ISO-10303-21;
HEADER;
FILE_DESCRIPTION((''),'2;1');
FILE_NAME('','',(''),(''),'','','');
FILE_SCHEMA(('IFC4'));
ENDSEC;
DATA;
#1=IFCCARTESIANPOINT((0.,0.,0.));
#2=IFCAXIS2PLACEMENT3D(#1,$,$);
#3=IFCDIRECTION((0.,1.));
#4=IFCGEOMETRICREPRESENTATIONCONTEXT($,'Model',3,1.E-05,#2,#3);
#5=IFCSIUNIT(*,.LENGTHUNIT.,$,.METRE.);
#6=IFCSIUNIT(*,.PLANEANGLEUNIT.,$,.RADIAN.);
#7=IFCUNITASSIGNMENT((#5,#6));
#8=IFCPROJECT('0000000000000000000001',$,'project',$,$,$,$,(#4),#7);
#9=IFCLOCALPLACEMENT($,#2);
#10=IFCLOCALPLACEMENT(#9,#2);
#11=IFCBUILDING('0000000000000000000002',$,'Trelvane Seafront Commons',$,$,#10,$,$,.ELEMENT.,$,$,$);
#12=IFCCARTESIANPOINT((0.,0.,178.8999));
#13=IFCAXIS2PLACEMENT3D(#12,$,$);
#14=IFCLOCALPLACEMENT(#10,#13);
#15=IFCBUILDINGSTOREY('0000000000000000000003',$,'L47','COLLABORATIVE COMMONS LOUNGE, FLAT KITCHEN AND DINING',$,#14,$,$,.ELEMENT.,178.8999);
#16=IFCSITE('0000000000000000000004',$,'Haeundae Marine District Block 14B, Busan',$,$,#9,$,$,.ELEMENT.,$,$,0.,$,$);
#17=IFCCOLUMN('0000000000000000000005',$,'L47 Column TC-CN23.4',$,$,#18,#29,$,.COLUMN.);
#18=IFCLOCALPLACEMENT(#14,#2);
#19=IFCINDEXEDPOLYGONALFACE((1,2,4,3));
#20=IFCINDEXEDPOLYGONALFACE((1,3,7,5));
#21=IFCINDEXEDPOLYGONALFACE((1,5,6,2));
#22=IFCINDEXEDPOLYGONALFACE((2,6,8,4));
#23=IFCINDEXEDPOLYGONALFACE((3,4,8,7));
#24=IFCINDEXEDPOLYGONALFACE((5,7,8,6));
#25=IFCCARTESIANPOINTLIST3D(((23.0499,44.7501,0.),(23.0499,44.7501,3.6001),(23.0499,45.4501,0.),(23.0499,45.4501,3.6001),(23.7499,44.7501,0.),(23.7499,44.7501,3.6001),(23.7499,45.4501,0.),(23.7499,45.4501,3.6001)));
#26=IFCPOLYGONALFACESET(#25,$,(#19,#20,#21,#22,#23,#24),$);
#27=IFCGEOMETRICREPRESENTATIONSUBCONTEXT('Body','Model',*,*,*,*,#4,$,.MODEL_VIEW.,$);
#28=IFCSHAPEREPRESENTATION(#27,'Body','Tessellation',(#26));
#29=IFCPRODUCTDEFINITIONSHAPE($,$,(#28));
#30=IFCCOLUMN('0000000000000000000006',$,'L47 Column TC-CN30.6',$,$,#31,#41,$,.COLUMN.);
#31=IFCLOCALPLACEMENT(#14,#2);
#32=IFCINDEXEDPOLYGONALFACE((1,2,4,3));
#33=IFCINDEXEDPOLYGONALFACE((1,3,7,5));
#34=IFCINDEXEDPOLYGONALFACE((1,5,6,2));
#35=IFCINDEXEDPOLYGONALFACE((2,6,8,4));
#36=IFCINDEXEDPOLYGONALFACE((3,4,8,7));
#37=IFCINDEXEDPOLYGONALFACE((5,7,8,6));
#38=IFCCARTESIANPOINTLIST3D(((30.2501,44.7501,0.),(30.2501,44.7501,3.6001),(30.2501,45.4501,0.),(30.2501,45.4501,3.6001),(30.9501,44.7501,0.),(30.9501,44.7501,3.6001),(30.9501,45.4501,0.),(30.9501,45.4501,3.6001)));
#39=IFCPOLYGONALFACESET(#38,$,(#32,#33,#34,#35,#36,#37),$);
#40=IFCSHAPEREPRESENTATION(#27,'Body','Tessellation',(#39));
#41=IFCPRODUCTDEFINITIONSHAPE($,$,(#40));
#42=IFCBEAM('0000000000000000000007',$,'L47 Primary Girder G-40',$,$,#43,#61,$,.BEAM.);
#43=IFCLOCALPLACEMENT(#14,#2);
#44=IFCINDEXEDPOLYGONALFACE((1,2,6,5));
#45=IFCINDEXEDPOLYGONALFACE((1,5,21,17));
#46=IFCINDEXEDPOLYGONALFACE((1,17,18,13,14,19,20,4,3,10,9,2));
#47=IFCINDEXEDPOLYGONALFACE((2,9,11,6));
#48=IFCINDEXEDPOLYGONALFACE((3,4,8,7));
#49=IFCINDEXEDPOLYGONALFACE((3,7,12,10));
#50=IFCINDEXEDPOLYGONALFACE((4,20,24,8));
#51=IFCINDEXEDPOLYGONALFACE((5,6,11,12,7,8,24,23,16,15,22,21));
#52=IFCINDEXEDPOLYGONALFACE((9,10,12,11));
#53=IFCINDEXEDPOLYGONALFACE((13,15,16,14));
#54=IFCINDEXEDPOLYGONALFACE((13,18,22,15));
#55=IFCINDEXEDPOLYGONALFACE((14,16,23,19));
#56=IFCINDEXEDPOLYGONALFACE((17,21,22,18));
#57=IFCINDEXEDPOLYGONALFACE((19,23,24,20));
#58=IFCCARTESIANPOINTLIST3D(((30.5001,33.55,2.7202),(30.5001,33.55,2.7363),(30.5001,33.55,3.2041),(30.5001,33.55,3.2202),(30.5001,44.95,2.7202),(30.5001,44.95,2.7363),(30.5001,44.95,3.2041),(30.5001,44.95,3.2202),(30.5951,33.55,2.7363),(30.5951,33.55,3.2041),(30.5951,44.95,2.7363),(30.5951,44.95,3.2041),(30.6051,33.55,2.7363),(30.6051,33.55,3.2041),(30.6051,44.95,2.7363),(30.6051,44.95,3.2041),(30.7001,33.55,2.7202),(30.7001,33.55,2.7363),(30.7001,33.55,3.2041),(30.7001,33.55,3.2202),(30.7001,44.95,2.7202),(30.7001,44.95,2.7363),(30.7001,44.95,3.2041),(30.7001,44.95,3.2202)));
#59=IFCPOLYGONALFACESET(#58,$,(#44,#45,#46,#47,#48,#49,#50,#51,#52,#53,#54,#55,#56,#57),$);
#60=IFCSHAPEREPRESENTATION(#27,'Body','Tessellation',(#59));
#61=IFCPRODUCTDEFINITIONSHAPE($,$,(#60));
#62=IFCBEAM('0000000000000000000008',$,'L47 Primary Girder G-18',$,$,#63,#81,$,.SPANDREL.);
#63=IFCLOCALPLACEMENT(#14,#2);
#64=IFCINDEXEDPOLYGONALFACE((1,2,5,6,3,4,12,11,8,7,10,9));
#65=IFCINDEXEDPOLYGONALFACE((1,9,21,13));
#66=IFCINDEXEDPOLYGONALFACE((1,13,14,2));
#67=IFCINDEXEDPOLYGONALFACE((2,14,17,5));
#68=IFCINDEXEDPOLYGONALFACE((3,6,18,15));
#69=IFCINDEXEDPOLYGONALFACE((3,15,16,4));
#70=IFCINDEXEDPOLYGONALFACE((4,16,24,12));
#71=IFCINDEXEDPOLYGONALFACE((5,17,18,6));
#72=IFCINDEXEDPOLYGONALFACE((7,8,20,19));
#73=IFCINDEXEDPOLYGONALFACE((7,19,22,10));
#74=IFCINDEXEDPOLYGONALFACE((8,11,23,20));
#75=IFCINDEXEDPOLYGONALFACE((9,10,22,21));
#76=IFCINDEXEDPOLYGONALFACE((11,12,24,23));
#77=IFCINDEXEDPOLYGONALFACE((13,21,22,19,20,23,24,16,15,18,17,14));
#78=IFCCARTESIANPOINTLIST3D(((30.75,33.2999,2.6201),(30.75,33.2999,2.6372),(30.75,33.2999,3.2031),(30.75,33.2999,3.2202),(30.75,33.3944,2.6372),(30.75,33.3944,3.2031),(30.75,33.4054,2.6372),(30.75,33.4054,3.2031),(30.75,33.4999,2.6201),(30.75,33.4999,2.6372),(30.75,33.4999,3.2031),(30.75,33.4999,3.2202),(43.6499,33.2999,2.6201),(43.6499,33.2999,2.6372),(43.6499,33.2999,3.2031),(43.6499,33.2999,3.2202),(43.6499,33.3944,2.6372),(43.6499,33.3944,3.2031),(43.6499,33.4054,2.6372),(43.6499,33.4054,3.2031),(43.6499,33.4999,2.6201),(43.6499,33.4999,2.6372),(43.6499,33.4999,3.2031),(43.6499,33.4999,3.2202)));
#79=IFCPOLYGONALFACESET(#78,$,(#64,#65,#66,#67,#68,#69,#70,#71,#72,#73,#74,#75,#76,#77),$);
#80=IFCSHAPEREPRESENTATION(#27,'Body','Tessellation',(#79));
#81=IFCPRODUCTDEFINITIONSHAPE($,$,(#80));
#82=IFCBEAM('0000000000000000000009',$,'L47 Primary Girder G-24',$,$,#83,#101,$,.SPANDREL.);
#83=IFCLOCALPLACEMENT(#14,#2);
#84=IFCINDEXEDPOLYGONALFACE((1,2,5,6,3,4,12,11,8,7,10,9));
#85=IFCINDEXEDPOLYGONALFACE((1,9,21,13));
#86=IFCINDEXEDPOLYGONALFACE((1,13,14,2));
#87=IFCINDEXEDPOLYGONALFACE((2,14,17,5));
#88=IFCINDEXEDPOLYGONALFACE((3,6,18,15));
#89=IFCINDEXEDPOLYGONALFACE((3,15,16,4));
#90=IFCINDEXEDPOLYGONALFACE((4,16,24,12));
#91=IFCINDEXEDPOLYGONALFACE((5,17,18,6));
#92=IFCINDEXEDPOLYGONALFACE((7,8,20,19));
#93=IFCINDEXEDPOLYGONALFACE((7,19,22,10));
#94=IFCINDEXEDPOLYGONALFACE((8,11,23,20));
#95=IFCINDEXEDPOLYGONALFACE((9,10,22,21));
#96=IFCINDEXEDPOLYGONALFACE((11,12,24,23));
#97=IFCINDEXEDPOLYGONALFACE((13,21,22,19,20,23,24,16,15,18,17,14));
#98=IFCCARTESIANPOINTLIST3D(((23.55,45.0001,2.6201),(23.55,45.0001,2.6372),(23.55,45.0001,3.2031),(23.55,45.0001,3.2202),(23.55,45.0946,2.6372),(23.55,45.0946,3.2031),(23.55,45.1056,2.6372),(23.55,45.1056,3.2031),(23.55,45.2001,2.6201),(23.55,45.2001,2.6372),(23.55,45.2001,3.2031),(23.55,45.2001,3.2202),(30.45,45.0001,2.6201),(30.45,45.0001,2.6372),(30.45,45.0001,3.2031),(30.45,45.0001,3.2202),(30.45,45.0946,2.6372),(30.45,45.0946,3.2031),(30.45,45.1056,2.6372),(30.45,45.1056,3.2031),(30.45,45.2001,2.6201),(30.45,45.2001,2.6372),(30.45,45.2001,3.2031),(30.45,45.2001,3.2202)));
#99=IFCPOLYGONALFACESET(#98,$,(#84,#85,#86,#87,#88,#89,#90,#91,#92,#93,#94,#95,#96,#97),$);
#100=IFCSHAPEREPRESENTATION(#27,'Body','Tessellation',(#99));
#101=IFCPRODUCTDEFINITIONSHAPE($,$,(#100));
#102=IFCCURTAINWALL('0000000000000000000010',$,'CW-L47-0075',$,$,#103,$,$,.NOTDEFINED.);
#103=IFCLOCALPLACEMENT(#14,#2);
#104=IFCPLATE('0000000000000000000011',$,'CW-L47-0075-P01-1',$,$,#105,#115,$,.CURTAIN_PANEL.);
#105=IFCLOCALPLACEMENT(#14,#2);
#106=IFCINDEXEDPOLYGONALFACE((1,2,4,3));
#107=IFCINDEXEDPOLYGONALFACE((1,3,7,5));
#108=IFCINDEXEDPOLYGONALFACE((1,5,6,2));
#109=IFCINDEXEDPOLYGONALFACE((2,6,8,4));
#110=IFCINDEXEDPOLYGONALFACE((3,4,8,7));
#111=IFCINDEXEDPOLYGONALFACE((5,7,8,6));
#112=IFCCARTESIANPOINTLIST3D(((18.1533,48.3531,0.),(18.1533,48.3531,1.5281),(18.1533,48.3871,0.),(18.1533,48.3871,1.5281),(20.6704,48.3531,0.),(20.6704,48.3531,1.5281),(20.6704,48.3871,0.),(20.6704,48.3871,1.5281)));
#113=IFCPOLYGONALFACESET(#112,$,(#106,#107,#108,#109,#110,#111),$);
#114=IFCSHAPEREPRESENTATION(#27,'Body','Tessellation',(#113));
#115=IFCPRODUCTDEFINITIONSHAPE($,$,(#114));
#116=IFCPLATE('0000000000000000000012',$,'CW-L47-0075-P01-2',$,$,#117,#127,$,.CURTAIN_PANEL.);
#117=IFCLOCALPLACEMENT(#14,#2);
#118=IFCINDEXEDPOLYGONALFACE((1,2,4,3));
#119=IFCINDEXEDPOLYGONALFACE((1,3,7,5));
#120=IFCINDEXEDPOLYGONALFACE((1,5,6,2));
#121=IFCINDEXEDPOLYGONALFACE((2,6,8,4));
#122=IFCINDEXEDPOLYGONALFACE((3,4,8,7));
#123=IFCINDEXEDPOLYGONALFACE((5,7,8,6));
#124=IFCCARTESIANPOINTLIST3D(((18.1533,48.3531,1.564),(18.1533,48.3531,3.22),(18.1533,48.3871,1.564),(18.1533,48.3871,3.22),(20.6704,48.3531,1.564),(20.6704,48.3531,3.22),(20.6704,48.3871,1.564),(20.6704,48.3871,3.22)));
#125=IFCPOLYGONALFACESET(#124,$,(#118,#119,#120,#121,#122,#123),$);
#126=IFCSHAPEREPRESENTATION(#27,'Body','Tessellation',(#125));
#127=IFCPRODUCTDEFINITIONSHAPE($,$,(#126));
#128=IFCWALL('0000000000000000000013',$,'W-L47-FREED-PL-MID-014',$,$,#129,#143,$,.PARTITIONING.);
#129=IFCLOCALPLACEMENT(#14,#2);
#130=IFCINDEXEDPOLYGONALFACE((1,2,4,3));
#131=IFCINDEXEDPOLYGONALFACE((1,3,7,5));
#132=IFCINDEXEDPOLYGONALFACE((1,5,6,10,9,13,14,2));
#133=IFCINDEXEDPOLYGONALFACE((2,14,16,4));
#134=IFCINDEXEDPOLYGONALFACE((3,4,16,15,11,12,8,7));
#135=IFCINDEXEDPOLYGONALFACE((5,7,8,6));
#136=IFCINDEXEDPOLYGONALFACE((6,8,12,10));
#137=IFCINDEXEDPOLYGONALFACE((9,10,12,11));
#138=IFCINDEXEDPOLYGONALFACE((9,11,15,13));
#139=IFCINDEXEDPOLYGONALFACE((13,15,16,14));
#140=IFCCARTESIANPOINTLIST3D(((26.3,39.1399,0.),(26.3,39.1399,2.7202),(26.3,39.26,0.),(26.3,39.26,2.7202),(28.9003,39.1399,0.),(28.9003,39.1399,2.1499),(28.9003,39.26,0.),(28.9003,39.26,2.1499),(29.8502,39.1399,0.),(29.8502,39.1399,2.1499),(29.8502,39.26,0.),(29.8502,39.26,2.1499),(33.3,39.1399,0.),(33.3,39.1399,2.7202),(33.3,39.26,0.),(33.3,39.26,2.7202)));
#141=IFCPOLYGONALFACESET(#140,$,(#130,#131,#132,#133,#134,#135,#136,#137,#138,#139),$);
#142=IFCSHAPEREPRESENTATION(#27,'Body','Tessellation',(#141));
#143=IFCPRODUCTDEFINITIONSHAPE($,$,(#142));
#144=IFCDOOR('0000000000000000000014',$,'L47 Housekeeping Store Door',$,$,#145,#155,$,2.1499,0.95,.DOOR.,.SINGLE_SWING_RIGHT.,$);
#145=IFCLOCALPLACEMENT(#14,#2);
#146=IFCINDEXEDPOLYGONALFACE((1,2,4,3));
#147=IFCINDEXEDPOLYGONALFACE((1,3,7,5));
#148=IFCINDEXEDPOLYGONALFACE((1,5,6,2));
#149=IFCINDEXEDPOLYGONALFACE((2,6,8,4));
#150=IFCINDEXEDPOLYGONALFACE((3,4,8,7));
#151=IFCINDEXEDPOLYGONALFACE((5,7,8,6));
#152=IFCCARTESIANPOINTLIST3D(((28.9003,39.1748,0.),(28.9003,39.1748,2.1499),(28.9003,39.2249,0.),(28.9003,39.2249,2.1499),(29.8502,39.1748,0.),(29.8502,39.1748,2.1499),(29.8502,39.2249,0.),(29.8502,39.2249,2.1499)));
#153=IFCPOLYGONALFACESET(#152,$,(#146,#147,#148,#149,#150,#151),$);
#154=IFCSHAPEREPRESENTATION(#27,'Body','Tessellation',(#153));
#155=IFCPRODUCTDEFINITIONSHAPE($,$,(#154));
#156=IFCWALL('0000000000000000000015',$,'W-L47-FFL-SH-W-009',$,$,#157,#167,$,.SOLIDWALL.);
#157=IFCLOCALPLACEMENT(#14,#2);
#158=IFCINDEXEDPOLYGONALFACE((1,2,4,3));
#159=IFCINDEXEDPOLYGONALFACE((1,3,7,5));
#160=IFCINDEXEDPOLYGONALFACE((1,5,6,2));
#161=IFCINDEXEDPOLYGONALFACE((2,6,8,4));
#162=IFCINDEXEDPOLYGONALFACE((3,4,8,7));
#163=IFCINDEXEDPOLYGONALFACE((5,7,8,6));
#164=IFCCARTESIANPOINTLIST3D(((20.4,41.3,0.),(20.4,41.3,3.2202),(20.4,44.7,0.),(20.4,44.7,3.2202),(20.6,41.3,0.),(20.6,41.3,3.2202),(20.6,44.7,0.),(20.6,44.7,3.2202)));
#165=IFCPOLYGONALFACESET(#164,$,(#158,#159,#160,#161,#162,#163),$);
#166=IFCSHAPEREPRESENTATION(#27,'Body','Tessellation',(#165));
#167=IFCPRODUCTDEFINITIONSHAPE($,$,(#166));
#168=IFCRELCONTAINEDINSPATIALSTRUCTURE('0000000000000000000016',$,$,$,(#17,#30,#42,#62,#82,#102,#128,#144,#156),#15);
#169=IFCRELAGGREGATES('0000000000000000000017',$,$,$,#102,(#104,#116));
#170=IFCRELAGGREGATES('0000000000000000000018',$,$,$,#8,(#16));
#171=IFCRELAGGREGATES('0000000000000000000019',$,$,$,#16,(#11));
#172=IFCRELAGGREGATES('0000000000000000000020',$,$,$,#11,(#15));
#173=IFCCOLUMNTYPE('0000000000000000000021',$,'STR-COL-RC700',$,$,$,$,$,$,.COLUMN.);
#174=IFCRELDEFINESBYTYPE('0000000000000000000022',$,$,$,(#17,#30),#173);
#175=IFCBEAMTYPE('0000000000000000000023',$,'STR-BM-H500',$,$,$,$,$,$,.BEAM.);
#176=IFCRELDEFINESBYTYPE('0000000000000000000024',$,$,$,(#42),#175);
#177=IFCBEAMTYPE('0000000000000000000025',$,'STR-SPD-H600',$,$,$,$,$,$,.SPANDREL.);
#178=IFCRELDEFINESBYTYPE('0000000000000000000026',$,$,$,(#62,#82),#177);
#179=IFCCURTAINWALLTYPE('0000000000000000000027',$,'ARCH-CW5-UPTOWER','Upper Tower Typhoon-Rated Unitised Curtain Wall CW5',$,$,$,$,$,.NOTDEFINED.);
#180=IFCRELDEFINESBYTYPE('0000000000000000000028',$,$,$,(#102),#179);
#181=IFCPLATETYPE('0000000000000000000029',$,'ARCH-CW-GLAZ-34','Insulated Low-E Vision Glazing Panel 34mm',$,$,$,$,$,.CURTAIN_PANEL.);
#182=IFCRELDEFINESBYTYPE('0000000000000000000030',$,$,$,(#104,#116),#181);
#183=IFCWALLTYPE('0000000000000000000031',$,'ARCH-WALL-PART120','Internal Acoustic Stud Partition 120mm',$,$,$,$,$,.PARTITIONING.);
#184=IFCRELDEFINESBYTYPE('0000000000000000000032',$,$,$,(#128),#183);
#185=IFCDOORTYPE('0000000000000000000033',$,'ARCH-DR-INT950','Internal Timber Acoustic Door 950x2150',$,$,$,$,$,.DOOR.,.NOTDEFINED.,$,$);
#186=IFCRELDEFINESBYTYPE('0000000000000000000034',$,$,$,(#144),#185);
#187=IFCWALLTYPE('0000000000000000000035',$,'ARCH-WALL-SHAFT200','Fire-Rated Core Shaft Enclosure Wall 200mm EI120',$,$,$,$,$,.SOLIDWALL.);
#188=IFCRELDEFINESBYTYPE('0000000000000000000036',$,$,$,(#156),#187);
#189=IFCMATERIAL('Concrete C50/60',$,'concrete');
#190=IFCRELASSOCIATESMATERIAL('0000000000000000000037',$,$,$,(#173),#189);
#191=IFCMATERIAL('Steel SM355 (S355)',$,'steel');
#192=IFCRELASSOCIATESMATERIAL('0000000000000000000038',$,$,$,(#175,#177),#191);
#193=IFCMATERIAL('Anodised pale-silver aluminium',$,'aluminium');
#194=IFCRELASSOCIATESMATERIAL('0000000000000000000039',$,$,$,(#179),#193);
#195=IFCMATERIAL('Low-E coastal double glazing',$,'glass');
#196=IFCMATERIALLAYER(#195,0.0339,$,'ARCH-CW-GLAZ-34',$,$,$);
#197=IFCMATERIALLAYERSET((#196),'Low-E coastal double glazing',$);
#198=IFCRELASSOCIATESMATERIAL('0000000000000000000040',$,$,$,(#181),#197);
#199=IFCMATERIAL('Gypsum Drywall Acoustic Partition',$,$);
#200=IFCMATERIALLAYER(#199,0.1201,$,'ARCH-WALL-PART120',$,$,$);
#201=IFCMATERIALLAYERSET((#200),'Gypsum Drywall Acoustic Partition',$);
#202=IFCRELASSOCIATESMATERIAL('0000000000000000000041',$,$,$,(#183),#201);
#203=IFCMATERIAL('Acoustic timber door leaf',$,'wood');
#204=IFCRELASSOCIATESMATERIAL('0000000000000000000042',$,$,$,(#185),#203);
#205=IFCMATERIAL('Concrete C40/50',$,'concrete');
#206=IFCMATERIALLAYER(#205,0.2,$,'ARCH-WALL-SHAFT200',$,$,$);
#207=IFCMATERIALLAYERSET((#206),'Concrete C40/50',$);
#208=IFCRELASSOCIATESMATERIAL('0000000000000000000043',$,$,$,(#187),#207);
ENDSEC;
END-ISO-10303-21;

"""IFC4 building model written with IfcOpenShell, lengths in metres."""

from ifc_helpers import new_model, si_unit, direction, frame, frame_2d, origin, origin_2d, place, context, subcontext, project, spatial, rectangle, i_section, extrude, source, transform, mapped, material, layer, layer_set, material_profile, profile_set, type_object, element, fill, aggregate, save


model = new_model("IFC4")

# Units and contexts
model_context = context("Model", 3, precision=1e-05, world=origin(), true_north=direction((0.0, 1.0)))
body_context = subcontext(model_context, "Body", "Model", "MODEL_VIEW")
ifc_project = project(units=[si_unit("LENGTHUNIT", "METRE"), si_unit("PLANEANGLEUNIT", "RADIAN")], contexts=[model_context])

# Site, building, storey
site_placement = place(None, origin())
site = spatial("IfcSite", under=ifc_project, at=site_placement, Name="Haeundae Marine District Block 14B, Busan", CompositionType="ELEMENT", RefElevation=0.0)
building_placement = place(site_placement, origin())
building = spatial("IfcBuilding", under=site, at=building_placement, Name="Trelvane Seafront Commons", CompositionType="ELEMENT")
storey_placement = place(building_placement, frame((0.0, 0.0, 178.8999)))
storey = spatial("IfcBuildingStorey", under=building, at=storey_placement, Name="L47", Description="COLLABORATIVE COMMONS LOUNGE, FLAT KITCHEN AND DINING", CompositionType="ELEMENT", Elevation=178.8999)

# Columns
ifc_material_1 = material(Name="Concrete C50/60", Category="concrete")
ifc_material_profile_1 = material_profile(ifc_material_1, rectangle(XDim=0.7, YDim=0.7, at=origin_2d()), Name="RC-700x700")
ifc_profile_set_1 = profile_set([ifc_material_profile_1], Name="Concrete C50/60")
column_type = type_object("IfcColumnType", Name="STR-COL-RC700", PredefinedType="COLUMN", material=ifc_profile_set_1)
shared_shape_1 = source(origin(), body_context, "Body", "SweptSolid", [
    extrude(rectangle(XDim=0.7, YDim=0.7, at=origin_2d()), origin(), (0.0, 0.0, 1.0), 3.6001),
])
for number, where, z_axis, x_axis, name in (
    (1, (23.3999, 45.1001, 0.0), (0.0, 0.0, 1.0), (1.0, 0.0, 0.0), "L47 Column TC-CN23.4"),
    (2, (30.6001, 45.1001, 0.0), (0.0, 0.0, 1.0), (1.0, 0.0, 0.0), "L47 Column TC-CN30.6"),
):
    element("IfcColumn", number, at=place(storey_placement, frame(where, z_axis=z_axis, x_axis=x_axis)), inside=storey, type_object=column_type, Name=name, PredefinedType="COLUMN", context=body_context, shape_type="MappedRepresentation", body=[
        mapped(shared_shape_1, transform((0.0, 0.0, 0.0), x_axis=(1.0, 0.0, 0.0), y_axis=(0.0, 1.0, 0.0), z_axis=(0.0, 0.0, 1.0), scale=1.0)),
    ])

# Beams
ifc_material_2 = material(Name="Steel SM355 (S355)", Category="steel")
ifc_material_profile_2 = material_profile(ifc_material_2, i_section(OverallWidth=0.2, OverallDepth=0.5, WebThickness=0.01, FlangeThickness=0.0161, at=origin_2d()), Name="H-500x200x10x16")
ifc_profile_set_2 = profile_set([ifc_material_profile_2], Name="Steel SM355 (S355)")
beam_type_1 = type_object("IfcBeamType", Name="STR-BM-H500", PredefinedType="BEAM", material=ifc_profile_set_2)
shared_shape_2 = source(origin(), body_context, "Body", "SweptSolid", [
    extrude(i_section(OverallWidth=0.2, OverallDepth=0.5, WebThickness=0.01, FlangeThickness=0.0161, at=origin_2d()), origin(), (0.0, 0.0, 1.0), 11.3999),
])
beam_1_placement = place(storey_placement, frame((30.6001, 33.55, 2.9702), z_axis=(0.0, 1.0, 0.0), x_axis=(-1.0, 0.0, 0.0)))
element("IfcBeam", 3, at=beam_1_placement, inside=storey, type_object=beam_type_1, Name="L47 Primary Girder G-40", PredefinedType="BEAM", context=body_context, shape_type="MappedRepresentation", body=[
    mapped(shared_shape_2, transform((0.0, 0.0, 0.0), x_axis=(1.0, 0.0, 0.0), y_axis=(0.0, 1.0, 0.0), z_axis=(0.0, 0.0, 1.0), scale=1.0)),
])
ifc_material_profile_3 = material_profile(ifc_material_2, i_section(OverallWidth=0.2, OverallDepth=0.6001, WebThickness=0.011, FlangeThickness=0.0171, at=origin_2d()), Name="H-600x200x11x17")
ifc_profile_set_3 = profile_set([ifc_material_profile_3], Name="Steel SM355 (S355)")
beam_type_2 = type_object("IfcBeamType", Name="STR-SPD-H600", PredefinedType="SPANDREL", material=ifc_profile_set_3)
shared_shape_3 = source(origin(), body_context, "Body", "SweptSolid", [
    extrude(i_section(OverallWidth=0.2, OverallDepth=0.6001, WebThickness=0.011, FlangeThickness=0.0171, at=origin_2d()), origin(), (0.0, 0.0, 1.0), 12.8999),
])
beam_2_placement = place(storey_placement, frame((30.75, 33.3999, 2.9202), z_axis=(1.0, 0.0, 0.0), x_axis=(0.0, 1.0, 0.0)))
element("IfcBeam", 4, at=beam_2_placement, inside=storey, type_object=beam_type_2, Name="L47 Primary Girder G-18", PredefinedType="SPANDREL", context=body_context, shape_type="MappedRepresentation", body=[
    mapped(shared_shape_3, transform((0.0, 0.0, 0.0), x_axis=(1.0, 0.0, 0.0), y_axis=(0.0, 1.0, 0.0), z_axis=(0.0, 0.0, 1.0), scale=1.0)),
])
shared_shape_4 = source(origin(), body_context, "Body", "SweptSolid", [
    extrude(i_section(OverallWidth=0.2, OverallDepth=0.6001, WebThickness=0.011, FlangeThickness=0.0171, at=origin_2d()), origin(), (0.0, 0.0, 1.0), 6.8999),
])
beam_3_placement = place(storey_placement, frame((23.55, 45.1001, 2.9202), z_axis=(1.0, 0.0, 0.0), x_axis=(0.0, 1.0, 0.0)))
element("IfcBeam", 5, at=beam_3_placement, inside=storey, type_object=beam_type_2, Name="L47 Primary Girder G-24", PredefinedType="SPANDREL", context=body_context, shape_type="MappedRepresentation", body=[
    mapped(shared_shape_4, transform((0.0, 0.0, 0.0), x_axis=(1.0, 0.0, 0.0), y_axis=(0.0, 1.0, 0.0), z_axis=(0.0, 0.0, 1.0), scale=1.0)),
])

# Curtain wall, plates
ifc_material_3 = material(Name="Anodised pale-silver aluminium", Category="aluminium")
curtain_wall_type = type_object("IfcCurtainWallType", Name="ARCH-CW5-UPTOWER", Description="Upper Tower Typhoon-Rated Unitised Curtain Wall CW5", PredefinedType="NOTDEFINED", material=ifc_material_3)
curtain_wall_placement = place(storey_placement, origin())
curtain_wall = element("IfcCurtainWall", 6, at=curtain_wall_placement, inside=storey, type_object=curtain_wall_type, Name="CW-L47-0075", PredefinedType="NOTDEFINED")
ifc_material_4 = material(Name="Low-E coastal double glazing", Category="glass")
ifc_layer_1 = layer(ifc_material_4, 0.0339, Name="ARCH-CW-GLAZ-34")
ifc_layer_set_1 = layer_set([ifc_layer_1], Name="Low-E coastal double glazing")
plate_type = type_object("IfcPlateType", Name="ARCH-CW-GLAZ-34", Description="Insulated Low-E Vision Glazing Panel 34mm", PredefinedType="CURTAIN_PANEL", material=ifc_layer_set_1)
shared_shape_5 = source(origin(), body_context, "Body", "SweptSolid", [
    extrude(rectangle(XDim=2.5171, YDim=0.0339, at=origin_2d()), origin(), (0.0, 0.0, 1.0), 1.5281),
])
plate_1_placement = place(storey_placement, frame((19.4119, 48.3701, 0.0), z_axis=(0.0, 0.0, 1.0), x_axis=(1.0, 0.0, 0.0)))
plate_1 = element("IfcPlate", 7, at=plate_1_placement, type_object=plate_type, Name="CW-L47-0075-P01-1", PredefinedType="CURTAIN_PANEL", context=body_context, shape_type="MappedRepresentation", body=[
    mapped(shared_shape_5, transform((0.0, 0.0, 0.0), x_axis=(1.0, 0.0, 0.0), y_axis=(0.0, 1.0, 0.0), z_axis=(0.0, 0.0, 1.0), scale=1.0)),
])
shared_shape_6 = source(origin(), body_context, "Body", "SweptSolid", [
    extrude(rectangle(XDim=2.5171, YDim=0.0339, at=origin_2d()), origin(), (0.0, 0.0, 1.0), 1.656),
])
plate_2_placement = place(storey_placement, frame((19.4119, 48.3701, 1.564), z_axis=(0.0, 0.0, 1.0), x_axis=(1.0, 0.0, 0.0)))
plate_2 = element("IfcPlate", 8, at=plate_2_placement, type_object=plate_type, Name="CW-L47-0075-P01-2", PredefinedType="CURTAIN_PANEL", context=body_context, shape_type="MappedRepresentation", body=[
    mapped(shared_shape_6, transform((0.0, 0.0, 0.0), x_axis=(1.0, 0.0, 0.0), y_axis=(0.0, 1.0, 0.0), z_axis=(0.0, 0.0, 1.0), scale=1.0)),
])
aggregate(curtain_wall, [plate_1, plate_2])

# Wall, opening, door
ifc_material_5 = material(Name="Gypsum Drywall Acoustic Partition")
ifc_layer_2 = layer(ifc_material_5, 0.1201, Name="ARCH-WALL-PART120")
ifc_layer_set_2 = layer_set([ifc_layer_2], Name="Gypsum Drywall Acoustic Partition")
wall_type_1 = type_object("IfcWallType", Name="ARCH-WALL-PART120", Description="Internal Acoustic Stud Partition 120mm", PredefinedType="PARTITIONING", material=ifc_layer_set_2)
wall_1_placement = place(storey_placement, frame((26.3, 39.2, 0.0), z_axis=(0.0, 0.0, 1.0), x_axis=(1.0, 0.0, 0.0)))
wall_1 = element("IfcWall", 9, at=wall_1_placement, inside=storey, type_object=wall_type_1, Name="W-L47-FREED-PL-MID-014", PredefinedType="PARTITIONING", context=body_context, shape_type="SweptSolid", body=[
    extrude(rectangle(XDim=7.0, YDim=0.1201, at=frame_2d((3.5, 0.0))), origin(), (0.0, 0.0, 1.0), 2.7202),
])
opening_1_placement = place(wall_1_placement, frame((2.6001, 0.0, 0.0)))
opening_1 = element("IfcOpeningElement", 10, at=opening_1_placement, cuts=wall_1, PredefinedType="OPENING", context=body_context, shape_type="SweptSolid", body=[
    extrude(rectangle(XDim=0.95, YDim=2.1499, at=frame_2d((0.4751, 1.075))), frame((0.0, 0.0701, 0.0), z_axis=(0.0, -1.0, 0.0), x_axis=(1.0, 0.0, 0.0)), (0.0, 0.0, 1.0), 0.1401),
])
ifc_material_6 = material(Name="Acoustic timber door leaf", Category="wood")
door_type_1 = type_object("IfcDoorType", Name="ARCH-DR-INT950", Description="Internal Timber Acoustic Door 950x2150", OperationType="NOTDEFINED", PredefinedType="DOOR", material=ifc_material_6)
shared_shape_7 = source(origin(), body_context, "Body", "SweptSolid", [
    extrude(rectangle(XDim=0.95, YDim=2.1499, at=frame_2d((0.4751, 1.075))), frame((0.0, 0.0249, 0.0), z_axis=(0.0, -1.0, 0.0), x_axis=(1.0, 0.0, 0.0)), (0.0, 0.0, 1.0), 0.05),
])
door_1_placement = place(opening_1_placement, origin())
door_1 = element("IfcDoor", 11, at=door_1_placement, inside=storey, type_object=door_type_1, Name="L47 Housekeeping Store Door", OperationType="SINGLE_SWING_RIGHT", OverallHeight=2.1499, OverallWidth=0.95, PredefinedType="DOOR", context=body_context, shape_type="MappedRepresentation", body=[
    mapped(shared_shape_7, transform((0.0, 0.0, 0.0), x_axis=(1.0, 0.0, 0.0), y_axis=(0.0, 1.0, 0.0), z_axis=(0.0, 0.0, 1.0), scale=1.0)),
])
fill(opening_1, door_1)

# Shared definitions
ifc_material_7 = material(Name="Concrete C40/50", Category="concrete")
ifc_layer_3 = layer(ifc_material_7, 0.2, Name="ARCH-WALL-SHAFT200")
ifc_layer_set_3 = layer_set([ifc_layer_3], Name="Concrete C40/50")
wall_type_2 = type_object("IfcWallType", Name="ARCH-WALL-SHAFT200", Description="Fire-Rated Core Shaft Enclosure Wall 200mm EI120", PredefinedType="SOLIDWALL", material=ifc_layer_set_3)

# Wall
for number, where, z_axis, x_axis, name in (
    (12, (20.5, 41.3, 0.0), (0.0, 0.0, 1.0), (0.0, 1.0, 0.0), "W-L47-FFL-SH-W-009"),
):
    element("IfcWall", number, at=place(storey_placement, frame(where, z_axis=z_axis, x_axis=x_axis)), inside=storey, type_object=wall_type_2, Name=name, PredefinedType="SOLIDWALL", context=body_context, shape_type="SweptSolid", body=[
        extrude(rectangle(XDim=3.3999, YDim=0.2, at=frame_2d((1.7, 0.0))), origin(), (0.0, 0.0, 1.0), 3.2202),
    ])

save(model, "model.ifc")
